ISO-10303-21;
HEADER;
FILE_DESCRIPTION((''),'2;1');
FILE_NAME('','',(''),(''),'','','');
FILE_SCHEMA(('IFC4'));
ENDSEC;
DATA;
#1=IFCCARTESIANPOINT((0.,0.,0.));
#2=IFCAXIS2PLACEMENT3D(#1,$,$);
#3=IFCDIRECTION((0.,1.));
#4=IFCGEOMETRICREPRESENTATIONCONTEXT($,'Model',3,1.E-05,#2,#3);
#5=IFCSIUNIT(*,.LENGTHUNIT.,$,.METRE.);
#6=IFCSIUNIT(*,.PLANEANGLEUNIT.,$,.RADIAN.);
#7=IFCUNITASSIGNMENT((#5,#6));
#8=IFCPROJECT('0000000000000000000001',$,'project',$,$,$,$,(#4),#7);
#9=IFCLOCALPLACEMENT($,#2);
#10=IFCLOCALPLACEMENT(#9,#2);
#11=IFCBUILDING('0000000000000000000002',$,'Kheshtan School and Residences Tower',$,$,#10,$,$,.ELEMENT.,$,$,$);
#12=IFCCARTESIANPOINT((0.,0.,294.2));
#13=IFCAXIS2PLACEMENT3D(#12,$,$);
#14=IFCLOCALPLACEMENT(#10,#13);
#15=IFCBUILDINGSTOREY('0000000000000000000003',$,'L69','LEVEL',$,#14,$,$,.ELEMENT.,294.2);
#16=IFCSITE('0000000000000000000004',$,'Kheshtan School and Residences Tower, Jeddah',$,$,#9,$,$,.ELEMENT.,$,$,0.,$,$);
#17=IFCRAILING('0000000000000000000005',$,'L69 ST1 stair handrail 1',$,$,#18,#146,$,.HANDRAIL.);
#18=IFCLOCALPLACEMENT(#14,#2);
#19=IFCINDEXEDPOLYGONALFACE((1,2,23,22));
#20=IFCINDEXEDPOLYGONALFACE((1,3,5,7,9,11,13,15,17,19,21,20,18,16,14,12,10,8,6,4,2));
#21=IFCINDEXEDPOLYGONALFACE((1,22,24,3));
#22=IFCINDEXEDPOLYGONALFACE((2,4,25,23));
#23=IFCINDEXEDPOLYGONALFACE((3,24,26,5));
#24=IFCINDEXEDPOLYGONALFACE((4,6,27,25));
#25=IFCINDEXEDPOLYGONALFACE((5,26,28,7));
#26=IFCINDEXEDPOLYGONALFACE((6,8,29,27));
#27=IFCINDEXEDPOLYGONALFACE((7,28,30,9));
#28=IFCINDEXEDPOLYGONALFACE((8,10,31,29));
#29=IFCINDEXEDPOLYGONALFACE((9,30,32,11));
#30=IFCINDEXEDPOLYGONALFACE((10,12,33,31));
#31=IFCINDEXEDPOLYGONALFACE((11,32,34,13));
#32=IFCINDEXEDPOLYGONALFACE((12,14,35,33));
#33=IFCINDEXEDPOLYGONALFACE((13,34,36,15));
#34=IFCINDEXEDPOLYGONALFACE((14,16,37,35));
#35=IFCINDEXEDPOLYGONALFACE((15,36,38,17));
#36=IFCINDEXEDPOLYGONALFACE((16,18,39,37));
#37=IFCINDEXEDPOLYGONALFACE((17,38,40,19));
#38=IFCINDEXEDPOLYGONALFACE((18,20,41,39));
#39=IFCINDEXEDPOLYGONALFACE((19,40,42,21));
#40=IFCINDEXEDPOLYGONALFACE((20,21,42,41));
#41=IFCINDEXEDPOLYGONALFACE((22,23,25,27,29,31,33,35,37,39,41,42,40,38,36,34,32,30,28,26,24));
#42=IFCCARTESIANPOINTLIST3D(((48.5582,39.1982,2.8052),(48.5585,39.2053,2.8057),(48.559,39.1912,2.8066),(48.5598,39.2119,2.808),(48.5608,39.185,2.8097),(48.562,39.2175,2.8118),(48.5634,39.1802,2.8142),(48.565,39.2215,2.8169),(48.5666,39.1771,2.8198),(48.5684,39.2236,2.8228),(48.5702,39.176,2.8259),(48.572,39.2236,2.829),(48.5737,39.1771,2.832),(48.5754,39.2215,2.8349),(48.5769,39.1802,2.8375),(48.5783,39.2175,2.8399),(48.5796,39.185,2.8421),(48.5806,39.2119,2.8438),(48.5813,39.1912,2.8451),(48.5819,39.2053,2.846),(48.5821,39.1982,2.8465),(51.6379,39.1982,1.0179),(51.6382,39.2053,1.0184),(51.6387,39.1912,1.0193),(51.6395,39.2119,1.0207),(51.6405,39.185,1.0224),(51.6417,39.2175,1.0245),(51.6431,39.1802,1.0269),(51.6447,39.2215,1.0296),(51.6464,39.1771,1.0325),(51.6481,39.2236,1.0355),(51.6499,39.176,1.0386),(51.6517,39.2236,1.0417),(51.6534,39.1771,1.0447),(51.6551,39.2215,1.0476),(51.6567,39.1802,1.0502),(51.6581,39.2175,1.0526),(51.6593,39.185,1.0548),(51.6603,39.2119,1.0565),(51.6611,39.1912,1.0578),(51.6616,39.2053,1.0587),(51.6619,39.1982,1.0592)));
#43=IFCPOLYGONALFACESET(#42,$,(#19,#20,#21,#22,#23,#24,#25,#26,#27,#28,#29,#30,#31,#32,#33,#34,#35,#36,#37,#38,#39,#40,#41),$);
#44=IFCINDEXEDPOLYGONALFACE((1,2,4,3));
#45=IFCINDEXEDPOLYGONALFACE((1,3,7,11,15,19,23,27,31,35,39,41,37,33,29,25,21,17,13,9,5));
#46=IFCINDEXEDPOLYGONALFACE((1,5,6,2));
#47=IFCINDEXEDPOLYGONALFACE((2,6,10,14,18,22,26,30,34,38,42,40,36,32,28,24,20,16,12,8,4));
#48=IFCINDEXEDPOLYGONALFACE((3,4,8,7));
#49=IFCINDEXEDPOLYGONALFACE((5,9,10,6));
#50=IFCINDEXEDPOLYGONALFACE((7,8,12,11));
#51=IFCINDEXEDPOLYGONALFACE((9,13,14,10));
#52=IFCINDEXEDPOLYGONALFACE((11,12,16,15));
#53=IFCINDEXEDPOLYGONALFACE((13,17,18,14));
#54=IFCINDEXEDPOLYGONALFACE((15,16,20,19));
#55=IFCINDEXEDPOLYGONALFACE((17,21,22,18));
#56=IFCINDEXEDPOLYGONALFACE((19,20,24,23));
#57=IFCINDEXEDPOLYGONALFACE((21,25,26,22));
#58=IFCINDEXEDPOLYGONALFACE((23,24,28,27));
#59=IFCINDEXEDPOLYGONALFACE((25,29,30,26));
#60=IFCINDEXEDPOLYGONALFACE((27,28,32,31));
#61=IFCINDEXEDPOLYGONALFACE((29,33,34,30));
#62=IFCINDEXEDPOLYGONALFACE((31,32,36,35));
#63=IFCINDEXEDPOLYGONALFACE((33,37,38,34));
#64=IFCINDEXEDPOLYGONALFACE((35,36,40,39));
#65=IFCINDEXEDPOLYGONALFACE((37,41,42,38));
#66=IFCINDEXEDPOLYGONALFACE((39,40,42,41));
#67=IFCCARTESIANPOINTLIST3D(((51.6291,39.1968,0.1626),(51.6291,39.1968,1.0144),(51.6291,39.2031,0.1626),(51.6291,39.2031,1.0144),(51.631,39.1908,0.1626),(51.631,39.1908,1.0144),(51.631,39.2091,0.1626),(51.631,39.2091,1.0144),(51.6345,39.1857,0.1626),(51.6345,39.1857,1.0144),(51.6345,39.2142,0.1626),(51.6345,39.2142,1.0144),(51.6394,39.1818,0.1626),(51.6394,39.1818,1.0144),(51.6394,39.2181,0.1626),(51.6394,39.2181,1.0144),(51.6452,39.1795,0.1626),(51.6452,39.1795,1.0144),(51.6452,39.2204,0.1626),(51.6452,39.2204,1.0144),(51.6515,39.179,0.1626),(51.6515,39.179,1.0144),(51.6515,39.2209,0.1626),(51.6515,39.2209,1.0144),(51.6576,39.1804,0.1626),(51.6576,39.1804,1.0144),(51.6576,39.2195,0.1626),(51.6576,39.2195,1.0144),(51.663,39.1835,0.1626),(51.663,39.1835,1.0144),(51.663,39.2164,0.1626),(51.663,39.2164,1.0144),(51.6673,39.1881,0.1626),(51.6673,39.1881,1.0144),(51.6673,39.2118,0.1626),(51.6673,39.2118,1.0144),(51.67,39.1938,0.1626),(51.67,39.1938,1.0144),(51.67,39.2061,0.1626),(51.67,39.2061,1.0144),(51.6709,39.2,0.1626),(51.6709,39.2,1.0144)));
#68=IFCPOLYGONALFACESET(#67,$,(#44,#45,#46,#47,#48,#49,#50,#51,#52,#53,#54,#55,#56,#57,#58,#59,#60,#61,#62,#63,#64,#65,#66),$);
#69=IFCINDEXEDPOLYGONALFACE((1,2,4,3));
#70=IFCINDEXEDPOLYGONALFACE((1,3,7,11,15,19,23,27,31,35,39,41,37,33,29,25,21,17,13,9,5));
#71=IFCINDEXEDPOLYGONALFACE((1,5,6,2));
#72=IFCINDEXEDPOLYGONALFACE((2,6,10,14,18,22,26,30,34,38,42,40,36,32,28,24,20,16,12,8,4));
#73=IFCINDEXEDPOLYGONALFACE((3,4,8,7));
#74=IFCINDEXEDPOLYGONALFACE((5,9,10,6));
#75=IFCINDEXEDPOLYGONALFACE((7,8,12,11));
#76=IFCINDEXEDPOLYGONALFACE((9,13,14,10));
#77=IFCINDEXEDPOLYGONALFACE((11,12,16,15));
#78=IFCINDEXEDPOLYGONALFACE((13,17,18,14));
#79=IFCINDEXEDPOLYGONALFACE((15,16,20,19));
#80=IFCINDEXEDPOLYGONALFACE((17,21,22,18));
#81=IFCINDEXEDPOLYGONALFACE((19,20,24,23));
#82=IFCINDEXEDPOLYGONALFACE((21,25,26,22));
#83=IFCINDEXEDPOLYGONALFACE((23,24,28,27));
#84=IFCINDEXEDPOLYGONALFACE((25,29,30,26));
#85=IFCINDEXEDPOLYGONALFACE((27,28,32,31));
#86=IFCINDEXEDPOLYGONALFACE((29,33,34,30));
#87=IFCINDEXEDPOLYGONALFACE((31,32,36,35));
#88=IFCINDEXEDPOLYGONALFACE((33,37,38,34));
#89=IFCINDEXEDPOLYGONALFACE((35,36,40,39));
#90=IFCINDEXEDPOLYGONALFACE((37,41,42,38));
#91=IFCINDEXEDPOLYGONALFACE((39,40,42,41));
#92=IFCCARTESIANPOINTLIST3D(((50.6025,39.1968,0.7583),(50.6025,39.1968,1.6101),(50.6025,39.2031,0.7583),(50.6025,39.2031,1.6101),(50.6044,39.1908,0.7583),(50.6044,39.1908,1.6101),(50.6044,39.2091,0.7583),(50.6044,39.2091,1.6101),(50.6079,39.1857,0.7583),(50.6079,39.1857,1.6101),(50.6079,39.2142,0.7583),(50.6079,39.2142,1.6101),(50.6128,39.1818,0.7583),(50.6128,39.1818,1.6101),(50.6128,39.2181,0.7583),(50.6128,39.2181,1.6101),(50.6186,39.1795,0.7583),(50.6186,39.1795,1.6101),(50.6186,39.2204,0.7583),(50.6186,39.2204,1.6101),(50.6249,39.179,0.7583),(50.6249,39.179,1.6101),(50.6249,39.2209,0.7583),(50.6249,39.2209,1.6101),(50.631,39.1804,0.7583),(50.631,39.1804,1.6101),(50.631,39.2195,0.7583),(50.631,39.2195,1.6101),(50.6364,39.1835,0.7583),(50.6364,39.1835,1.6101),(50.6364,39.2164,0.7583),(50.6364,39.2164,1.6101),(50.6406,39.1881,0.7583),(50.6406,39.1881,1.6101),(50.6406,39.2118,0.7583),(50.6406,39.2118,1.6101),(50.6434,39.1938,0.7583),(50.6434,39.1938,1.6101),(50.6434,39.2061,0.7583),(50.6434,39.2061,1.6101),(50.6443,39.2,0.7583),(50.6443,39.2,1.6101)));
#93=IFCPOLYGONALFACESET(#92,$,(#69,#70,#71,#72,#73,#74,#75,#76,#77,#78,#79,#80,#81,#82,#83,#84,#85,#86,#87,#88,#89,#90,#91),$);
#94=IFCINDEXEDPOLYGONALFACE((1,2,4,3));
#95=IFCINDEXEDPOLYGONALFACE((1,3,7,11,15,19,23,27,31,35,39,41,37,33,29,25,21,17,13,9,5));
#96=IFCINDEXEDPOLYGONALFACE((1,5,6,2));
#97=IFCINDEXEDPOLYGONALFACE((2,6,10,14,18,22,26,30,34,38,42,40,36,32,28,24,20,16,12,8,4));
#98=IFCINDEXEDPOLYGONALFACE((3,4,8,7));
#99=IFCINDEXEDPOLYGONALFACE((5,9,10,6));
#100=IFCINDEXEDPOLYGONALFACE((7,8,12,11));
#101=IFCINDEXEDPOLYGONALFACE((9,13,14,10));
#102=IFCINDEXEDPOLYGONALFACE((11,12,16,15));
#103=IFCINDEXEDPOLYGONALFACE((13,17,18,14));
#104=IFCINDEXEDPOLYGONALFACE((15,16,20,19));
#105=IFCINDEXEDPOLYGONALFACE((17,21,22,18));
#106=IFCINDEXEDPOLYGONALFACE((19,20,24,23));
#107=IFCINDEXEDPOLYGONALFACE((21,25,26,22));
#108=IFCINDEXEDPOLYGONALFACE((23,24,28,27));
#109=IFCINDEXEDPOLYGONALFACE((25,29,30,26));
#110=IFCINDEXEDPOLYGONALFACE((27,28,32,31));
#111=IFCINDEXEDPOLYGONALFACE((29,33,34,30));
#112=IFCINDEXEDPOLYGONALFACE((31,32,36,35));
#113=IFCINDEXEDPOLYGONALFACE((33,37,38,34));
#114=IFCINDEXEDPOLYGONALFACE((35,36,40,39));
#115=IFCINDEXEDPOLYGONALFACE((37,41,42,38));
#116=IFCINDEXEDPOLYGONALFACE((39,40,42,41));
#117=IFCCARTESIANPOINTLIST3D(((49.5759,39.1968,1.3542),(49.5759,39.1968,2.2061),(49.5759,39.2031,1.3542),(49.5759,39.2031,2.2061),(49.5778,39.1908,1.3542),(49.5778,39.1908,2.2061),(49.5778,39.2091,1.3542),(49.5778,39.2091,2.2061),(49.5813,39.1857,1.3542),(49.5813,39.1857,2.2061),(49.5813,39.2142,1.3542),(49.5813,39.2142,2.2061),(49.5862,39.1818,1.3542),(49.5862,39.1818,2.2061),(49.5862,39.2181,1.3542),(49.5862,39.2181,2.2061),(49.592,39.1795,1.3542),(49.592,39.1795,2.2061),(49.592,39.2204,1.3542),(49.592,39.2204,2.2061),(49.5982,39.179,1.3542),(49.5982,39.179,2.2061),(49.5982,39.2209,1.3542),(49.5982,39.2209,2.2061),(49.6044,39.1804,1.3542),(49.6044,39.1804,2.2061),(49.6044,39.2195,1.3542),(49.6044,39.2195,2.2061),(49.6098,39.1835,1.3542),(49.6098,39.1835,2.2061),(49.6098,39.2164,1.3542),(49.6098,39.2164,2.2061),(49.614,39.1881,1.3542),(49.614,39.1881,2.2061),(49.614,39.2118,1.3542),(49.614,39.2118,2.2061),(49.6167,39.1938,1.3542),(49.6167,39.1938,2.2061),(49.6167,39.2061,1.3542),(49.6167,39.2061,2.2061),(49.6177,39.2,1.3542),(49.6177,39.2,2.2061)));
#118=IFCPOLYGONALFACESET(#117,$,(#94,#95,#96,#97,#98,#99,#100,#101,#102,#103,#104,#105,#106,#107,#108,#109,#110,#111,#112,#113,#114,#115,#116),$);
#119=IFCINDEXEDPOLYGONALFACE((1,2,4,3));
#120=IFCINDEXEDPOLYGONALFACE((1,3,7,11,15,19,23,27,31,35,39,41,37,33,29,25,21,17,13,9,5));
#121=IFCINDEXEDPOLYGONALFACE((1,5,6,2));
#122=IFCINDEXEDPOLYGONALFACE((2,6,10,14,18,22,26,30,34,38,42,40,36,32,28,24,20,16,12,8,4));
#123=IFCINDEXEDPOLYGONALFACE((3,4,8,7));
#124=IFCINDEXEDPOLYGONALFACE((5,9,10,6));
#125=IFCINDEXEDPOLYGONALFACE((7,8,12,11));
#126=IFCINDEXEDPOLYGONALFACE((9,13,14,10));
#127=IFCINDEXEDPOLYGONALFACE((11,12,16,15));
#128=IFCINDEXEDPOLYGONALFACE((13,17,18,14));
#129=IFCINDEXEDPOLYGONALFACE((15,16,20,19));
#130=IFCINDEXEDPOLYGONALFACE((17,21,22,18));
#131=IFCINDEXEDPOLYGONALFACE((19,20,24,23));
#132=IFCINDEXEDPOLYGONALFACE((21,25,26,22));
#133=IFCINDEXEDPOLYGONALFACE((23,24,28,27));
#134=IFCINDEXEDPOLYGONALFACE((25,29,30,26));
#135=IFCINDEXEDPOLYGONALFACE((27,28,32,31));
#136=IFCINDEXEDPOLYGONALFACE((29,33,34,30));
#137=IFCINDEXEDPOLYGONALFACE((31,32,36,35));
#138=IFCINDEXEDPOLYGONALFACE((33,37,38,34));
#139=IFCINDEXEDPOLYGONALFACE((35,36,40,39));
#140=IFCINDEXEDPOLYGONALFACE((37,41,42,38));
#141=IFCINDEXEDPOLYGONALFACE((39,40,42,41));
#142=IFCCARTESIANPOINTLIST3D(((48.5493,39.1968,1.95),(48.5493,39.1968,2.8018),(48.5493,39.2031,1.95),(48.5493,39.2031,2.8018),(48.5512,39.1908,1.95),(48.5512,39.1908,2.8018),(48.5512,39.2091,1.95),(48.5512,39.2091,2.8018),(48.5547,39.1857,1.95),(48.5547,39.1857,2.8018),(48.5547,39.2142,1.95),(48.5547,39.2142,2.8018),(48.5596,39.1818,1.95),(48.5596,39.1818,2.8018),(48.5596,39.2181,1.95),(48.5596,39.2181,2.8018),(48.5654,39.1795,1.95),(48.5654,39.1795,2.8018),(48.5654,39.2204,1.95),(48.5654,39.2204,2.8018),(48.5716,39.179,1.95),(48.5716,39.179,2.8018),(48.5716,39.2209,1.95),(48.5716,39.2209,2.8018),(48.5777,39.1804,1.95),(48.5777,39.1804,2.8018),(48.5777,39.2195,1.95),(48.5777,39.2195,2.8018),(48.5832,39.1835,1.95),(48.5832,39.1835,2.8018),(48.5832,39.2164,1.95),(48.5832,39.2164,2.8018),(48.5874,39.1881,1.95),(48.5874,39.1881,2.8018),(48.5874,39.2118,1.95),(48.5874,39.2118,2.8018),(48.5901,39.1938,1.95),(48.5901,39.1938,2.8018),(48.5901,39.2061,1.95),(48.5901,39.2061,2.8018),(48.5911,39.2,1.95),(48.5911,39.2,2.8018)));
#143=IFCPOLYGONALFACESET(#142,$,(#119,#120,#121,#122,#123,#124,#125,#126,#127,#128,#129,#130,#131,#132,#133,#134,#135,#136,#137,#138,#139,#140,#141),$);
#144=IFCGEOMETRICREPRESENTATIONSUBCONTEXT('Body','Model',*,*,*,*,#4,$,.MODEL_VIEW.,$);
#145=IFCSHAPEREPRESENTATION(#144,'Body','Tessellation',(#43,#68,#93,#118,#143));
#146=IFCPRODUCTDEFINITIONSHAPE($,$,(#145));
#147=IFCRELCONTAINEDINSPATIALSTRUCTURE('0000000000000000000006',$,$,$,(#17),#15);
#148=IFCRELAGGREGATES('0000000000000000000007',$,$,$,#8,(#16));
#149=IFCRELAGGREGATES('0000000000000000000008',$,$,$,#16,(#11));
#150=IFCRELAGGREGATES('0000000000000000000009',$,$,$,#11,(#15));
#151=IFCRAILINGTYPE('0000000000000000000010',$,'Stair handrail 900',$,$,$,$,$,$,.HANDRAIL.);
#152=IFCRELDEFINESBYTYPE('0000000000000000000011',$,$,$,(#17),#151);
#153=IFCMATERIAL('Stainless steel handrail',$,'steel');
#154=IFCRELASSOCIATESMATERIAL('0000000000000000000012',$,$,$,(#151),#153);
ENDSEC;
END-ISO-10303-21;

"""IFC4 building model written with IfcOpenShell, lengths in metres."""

from ifc_helpers import new_model, si_unit, direction, frame, origin, origin_2d, place, context, subcontext, project, spatial, circle, extrude, material, type_object, element, save


model = new_model("IFC4")

# Units and contexts
model_context = context("Model", 3, precision=1e-05, world=origin(), true_north=direction((0.0, 1.0)))
body_context = subcontext(model_context, "Body", "Model", "MODEL_VIEW")
ifc_project = project(units=[si_unit("LENGTHUNIT", "METRE"), si_unit("PLANEANGLEUNIT", "RADIAN")], contexts=[model_context])

# Site, building, storey
site_placement = place(None, origin())
site = spatial("IfcSite", under=ifc_project, at=site_placement, Name="Kheshtan School and Residences Tower, Jeddah", CompositionType="ELEMENT", RefElevation=0.0)
building_placement = place(site_placement, origin())
building = spatial("IfcBuilding", under=site, at=building_placement, Name="Kheshtan School and Residences Tower", CompositionType="ELEMENT")
storey_placement = place(building_placement, frame((0.0, 0.0, 294.2)))
storey = spatial("IfcBuildingStorey", under=building, at=storey_placement, Name="L69", Description="LEVEL", CompositionType="ELEMENT", Elevation=294.2)

# Railing
ifc_material_1 = material(Name="Stainless steel handrail", Category="steel")
railing_type_1 = type_object("IfcRailingType", Name="Stair handrail 900", PredefinedType="HANDRAIL", material=ifc_material_1)
railing_1_placement = place(storey_placement, frame((51.6499, 39.2, 0.1626)))
element("IfcRailing", 1, at=railing_1_placement, inside=storey, type_object=railing_type_1, Name="L69 ST1 stair handrail 1", PredefinedType="HANDRAIL", context=body_context, shape_type="SweptSolid", body=[
    extrude(circle(Radius=0.0239, at=origin_2d()), frame((0.0, 0.0, 0.876), z_axis=(-0.864903, 0.0, 0.501939), x_axis=(0.0, -1.0, 0.0)), (0.0, 0.0, 1.0), 3.5608),
    extrude(circle(Radius=0.021, at=origin_2d()), origin(), (0.0, 0.0, 1.0), 0.8518),
    extrude(circle(Radius=0.021, at=origin_2d()), frame((-1.0266, 0.0, 0.5957)), (0.0, 0.0, 1.0), 0.8518),
    extrude(circle(Radius=0.021, at=origin_2d()), frame((-2.0532, 0.0, 1.1917)), (0.0, 0.0, 1.0), 0.8518),
    extrude(circle(Radius=0.021, at=origin_2d()), frame((-3.0798, 0.0, 1.7874)), (0.0, 0.0, 1.0), 0.8518),
])

save(model, "model.ifc")
